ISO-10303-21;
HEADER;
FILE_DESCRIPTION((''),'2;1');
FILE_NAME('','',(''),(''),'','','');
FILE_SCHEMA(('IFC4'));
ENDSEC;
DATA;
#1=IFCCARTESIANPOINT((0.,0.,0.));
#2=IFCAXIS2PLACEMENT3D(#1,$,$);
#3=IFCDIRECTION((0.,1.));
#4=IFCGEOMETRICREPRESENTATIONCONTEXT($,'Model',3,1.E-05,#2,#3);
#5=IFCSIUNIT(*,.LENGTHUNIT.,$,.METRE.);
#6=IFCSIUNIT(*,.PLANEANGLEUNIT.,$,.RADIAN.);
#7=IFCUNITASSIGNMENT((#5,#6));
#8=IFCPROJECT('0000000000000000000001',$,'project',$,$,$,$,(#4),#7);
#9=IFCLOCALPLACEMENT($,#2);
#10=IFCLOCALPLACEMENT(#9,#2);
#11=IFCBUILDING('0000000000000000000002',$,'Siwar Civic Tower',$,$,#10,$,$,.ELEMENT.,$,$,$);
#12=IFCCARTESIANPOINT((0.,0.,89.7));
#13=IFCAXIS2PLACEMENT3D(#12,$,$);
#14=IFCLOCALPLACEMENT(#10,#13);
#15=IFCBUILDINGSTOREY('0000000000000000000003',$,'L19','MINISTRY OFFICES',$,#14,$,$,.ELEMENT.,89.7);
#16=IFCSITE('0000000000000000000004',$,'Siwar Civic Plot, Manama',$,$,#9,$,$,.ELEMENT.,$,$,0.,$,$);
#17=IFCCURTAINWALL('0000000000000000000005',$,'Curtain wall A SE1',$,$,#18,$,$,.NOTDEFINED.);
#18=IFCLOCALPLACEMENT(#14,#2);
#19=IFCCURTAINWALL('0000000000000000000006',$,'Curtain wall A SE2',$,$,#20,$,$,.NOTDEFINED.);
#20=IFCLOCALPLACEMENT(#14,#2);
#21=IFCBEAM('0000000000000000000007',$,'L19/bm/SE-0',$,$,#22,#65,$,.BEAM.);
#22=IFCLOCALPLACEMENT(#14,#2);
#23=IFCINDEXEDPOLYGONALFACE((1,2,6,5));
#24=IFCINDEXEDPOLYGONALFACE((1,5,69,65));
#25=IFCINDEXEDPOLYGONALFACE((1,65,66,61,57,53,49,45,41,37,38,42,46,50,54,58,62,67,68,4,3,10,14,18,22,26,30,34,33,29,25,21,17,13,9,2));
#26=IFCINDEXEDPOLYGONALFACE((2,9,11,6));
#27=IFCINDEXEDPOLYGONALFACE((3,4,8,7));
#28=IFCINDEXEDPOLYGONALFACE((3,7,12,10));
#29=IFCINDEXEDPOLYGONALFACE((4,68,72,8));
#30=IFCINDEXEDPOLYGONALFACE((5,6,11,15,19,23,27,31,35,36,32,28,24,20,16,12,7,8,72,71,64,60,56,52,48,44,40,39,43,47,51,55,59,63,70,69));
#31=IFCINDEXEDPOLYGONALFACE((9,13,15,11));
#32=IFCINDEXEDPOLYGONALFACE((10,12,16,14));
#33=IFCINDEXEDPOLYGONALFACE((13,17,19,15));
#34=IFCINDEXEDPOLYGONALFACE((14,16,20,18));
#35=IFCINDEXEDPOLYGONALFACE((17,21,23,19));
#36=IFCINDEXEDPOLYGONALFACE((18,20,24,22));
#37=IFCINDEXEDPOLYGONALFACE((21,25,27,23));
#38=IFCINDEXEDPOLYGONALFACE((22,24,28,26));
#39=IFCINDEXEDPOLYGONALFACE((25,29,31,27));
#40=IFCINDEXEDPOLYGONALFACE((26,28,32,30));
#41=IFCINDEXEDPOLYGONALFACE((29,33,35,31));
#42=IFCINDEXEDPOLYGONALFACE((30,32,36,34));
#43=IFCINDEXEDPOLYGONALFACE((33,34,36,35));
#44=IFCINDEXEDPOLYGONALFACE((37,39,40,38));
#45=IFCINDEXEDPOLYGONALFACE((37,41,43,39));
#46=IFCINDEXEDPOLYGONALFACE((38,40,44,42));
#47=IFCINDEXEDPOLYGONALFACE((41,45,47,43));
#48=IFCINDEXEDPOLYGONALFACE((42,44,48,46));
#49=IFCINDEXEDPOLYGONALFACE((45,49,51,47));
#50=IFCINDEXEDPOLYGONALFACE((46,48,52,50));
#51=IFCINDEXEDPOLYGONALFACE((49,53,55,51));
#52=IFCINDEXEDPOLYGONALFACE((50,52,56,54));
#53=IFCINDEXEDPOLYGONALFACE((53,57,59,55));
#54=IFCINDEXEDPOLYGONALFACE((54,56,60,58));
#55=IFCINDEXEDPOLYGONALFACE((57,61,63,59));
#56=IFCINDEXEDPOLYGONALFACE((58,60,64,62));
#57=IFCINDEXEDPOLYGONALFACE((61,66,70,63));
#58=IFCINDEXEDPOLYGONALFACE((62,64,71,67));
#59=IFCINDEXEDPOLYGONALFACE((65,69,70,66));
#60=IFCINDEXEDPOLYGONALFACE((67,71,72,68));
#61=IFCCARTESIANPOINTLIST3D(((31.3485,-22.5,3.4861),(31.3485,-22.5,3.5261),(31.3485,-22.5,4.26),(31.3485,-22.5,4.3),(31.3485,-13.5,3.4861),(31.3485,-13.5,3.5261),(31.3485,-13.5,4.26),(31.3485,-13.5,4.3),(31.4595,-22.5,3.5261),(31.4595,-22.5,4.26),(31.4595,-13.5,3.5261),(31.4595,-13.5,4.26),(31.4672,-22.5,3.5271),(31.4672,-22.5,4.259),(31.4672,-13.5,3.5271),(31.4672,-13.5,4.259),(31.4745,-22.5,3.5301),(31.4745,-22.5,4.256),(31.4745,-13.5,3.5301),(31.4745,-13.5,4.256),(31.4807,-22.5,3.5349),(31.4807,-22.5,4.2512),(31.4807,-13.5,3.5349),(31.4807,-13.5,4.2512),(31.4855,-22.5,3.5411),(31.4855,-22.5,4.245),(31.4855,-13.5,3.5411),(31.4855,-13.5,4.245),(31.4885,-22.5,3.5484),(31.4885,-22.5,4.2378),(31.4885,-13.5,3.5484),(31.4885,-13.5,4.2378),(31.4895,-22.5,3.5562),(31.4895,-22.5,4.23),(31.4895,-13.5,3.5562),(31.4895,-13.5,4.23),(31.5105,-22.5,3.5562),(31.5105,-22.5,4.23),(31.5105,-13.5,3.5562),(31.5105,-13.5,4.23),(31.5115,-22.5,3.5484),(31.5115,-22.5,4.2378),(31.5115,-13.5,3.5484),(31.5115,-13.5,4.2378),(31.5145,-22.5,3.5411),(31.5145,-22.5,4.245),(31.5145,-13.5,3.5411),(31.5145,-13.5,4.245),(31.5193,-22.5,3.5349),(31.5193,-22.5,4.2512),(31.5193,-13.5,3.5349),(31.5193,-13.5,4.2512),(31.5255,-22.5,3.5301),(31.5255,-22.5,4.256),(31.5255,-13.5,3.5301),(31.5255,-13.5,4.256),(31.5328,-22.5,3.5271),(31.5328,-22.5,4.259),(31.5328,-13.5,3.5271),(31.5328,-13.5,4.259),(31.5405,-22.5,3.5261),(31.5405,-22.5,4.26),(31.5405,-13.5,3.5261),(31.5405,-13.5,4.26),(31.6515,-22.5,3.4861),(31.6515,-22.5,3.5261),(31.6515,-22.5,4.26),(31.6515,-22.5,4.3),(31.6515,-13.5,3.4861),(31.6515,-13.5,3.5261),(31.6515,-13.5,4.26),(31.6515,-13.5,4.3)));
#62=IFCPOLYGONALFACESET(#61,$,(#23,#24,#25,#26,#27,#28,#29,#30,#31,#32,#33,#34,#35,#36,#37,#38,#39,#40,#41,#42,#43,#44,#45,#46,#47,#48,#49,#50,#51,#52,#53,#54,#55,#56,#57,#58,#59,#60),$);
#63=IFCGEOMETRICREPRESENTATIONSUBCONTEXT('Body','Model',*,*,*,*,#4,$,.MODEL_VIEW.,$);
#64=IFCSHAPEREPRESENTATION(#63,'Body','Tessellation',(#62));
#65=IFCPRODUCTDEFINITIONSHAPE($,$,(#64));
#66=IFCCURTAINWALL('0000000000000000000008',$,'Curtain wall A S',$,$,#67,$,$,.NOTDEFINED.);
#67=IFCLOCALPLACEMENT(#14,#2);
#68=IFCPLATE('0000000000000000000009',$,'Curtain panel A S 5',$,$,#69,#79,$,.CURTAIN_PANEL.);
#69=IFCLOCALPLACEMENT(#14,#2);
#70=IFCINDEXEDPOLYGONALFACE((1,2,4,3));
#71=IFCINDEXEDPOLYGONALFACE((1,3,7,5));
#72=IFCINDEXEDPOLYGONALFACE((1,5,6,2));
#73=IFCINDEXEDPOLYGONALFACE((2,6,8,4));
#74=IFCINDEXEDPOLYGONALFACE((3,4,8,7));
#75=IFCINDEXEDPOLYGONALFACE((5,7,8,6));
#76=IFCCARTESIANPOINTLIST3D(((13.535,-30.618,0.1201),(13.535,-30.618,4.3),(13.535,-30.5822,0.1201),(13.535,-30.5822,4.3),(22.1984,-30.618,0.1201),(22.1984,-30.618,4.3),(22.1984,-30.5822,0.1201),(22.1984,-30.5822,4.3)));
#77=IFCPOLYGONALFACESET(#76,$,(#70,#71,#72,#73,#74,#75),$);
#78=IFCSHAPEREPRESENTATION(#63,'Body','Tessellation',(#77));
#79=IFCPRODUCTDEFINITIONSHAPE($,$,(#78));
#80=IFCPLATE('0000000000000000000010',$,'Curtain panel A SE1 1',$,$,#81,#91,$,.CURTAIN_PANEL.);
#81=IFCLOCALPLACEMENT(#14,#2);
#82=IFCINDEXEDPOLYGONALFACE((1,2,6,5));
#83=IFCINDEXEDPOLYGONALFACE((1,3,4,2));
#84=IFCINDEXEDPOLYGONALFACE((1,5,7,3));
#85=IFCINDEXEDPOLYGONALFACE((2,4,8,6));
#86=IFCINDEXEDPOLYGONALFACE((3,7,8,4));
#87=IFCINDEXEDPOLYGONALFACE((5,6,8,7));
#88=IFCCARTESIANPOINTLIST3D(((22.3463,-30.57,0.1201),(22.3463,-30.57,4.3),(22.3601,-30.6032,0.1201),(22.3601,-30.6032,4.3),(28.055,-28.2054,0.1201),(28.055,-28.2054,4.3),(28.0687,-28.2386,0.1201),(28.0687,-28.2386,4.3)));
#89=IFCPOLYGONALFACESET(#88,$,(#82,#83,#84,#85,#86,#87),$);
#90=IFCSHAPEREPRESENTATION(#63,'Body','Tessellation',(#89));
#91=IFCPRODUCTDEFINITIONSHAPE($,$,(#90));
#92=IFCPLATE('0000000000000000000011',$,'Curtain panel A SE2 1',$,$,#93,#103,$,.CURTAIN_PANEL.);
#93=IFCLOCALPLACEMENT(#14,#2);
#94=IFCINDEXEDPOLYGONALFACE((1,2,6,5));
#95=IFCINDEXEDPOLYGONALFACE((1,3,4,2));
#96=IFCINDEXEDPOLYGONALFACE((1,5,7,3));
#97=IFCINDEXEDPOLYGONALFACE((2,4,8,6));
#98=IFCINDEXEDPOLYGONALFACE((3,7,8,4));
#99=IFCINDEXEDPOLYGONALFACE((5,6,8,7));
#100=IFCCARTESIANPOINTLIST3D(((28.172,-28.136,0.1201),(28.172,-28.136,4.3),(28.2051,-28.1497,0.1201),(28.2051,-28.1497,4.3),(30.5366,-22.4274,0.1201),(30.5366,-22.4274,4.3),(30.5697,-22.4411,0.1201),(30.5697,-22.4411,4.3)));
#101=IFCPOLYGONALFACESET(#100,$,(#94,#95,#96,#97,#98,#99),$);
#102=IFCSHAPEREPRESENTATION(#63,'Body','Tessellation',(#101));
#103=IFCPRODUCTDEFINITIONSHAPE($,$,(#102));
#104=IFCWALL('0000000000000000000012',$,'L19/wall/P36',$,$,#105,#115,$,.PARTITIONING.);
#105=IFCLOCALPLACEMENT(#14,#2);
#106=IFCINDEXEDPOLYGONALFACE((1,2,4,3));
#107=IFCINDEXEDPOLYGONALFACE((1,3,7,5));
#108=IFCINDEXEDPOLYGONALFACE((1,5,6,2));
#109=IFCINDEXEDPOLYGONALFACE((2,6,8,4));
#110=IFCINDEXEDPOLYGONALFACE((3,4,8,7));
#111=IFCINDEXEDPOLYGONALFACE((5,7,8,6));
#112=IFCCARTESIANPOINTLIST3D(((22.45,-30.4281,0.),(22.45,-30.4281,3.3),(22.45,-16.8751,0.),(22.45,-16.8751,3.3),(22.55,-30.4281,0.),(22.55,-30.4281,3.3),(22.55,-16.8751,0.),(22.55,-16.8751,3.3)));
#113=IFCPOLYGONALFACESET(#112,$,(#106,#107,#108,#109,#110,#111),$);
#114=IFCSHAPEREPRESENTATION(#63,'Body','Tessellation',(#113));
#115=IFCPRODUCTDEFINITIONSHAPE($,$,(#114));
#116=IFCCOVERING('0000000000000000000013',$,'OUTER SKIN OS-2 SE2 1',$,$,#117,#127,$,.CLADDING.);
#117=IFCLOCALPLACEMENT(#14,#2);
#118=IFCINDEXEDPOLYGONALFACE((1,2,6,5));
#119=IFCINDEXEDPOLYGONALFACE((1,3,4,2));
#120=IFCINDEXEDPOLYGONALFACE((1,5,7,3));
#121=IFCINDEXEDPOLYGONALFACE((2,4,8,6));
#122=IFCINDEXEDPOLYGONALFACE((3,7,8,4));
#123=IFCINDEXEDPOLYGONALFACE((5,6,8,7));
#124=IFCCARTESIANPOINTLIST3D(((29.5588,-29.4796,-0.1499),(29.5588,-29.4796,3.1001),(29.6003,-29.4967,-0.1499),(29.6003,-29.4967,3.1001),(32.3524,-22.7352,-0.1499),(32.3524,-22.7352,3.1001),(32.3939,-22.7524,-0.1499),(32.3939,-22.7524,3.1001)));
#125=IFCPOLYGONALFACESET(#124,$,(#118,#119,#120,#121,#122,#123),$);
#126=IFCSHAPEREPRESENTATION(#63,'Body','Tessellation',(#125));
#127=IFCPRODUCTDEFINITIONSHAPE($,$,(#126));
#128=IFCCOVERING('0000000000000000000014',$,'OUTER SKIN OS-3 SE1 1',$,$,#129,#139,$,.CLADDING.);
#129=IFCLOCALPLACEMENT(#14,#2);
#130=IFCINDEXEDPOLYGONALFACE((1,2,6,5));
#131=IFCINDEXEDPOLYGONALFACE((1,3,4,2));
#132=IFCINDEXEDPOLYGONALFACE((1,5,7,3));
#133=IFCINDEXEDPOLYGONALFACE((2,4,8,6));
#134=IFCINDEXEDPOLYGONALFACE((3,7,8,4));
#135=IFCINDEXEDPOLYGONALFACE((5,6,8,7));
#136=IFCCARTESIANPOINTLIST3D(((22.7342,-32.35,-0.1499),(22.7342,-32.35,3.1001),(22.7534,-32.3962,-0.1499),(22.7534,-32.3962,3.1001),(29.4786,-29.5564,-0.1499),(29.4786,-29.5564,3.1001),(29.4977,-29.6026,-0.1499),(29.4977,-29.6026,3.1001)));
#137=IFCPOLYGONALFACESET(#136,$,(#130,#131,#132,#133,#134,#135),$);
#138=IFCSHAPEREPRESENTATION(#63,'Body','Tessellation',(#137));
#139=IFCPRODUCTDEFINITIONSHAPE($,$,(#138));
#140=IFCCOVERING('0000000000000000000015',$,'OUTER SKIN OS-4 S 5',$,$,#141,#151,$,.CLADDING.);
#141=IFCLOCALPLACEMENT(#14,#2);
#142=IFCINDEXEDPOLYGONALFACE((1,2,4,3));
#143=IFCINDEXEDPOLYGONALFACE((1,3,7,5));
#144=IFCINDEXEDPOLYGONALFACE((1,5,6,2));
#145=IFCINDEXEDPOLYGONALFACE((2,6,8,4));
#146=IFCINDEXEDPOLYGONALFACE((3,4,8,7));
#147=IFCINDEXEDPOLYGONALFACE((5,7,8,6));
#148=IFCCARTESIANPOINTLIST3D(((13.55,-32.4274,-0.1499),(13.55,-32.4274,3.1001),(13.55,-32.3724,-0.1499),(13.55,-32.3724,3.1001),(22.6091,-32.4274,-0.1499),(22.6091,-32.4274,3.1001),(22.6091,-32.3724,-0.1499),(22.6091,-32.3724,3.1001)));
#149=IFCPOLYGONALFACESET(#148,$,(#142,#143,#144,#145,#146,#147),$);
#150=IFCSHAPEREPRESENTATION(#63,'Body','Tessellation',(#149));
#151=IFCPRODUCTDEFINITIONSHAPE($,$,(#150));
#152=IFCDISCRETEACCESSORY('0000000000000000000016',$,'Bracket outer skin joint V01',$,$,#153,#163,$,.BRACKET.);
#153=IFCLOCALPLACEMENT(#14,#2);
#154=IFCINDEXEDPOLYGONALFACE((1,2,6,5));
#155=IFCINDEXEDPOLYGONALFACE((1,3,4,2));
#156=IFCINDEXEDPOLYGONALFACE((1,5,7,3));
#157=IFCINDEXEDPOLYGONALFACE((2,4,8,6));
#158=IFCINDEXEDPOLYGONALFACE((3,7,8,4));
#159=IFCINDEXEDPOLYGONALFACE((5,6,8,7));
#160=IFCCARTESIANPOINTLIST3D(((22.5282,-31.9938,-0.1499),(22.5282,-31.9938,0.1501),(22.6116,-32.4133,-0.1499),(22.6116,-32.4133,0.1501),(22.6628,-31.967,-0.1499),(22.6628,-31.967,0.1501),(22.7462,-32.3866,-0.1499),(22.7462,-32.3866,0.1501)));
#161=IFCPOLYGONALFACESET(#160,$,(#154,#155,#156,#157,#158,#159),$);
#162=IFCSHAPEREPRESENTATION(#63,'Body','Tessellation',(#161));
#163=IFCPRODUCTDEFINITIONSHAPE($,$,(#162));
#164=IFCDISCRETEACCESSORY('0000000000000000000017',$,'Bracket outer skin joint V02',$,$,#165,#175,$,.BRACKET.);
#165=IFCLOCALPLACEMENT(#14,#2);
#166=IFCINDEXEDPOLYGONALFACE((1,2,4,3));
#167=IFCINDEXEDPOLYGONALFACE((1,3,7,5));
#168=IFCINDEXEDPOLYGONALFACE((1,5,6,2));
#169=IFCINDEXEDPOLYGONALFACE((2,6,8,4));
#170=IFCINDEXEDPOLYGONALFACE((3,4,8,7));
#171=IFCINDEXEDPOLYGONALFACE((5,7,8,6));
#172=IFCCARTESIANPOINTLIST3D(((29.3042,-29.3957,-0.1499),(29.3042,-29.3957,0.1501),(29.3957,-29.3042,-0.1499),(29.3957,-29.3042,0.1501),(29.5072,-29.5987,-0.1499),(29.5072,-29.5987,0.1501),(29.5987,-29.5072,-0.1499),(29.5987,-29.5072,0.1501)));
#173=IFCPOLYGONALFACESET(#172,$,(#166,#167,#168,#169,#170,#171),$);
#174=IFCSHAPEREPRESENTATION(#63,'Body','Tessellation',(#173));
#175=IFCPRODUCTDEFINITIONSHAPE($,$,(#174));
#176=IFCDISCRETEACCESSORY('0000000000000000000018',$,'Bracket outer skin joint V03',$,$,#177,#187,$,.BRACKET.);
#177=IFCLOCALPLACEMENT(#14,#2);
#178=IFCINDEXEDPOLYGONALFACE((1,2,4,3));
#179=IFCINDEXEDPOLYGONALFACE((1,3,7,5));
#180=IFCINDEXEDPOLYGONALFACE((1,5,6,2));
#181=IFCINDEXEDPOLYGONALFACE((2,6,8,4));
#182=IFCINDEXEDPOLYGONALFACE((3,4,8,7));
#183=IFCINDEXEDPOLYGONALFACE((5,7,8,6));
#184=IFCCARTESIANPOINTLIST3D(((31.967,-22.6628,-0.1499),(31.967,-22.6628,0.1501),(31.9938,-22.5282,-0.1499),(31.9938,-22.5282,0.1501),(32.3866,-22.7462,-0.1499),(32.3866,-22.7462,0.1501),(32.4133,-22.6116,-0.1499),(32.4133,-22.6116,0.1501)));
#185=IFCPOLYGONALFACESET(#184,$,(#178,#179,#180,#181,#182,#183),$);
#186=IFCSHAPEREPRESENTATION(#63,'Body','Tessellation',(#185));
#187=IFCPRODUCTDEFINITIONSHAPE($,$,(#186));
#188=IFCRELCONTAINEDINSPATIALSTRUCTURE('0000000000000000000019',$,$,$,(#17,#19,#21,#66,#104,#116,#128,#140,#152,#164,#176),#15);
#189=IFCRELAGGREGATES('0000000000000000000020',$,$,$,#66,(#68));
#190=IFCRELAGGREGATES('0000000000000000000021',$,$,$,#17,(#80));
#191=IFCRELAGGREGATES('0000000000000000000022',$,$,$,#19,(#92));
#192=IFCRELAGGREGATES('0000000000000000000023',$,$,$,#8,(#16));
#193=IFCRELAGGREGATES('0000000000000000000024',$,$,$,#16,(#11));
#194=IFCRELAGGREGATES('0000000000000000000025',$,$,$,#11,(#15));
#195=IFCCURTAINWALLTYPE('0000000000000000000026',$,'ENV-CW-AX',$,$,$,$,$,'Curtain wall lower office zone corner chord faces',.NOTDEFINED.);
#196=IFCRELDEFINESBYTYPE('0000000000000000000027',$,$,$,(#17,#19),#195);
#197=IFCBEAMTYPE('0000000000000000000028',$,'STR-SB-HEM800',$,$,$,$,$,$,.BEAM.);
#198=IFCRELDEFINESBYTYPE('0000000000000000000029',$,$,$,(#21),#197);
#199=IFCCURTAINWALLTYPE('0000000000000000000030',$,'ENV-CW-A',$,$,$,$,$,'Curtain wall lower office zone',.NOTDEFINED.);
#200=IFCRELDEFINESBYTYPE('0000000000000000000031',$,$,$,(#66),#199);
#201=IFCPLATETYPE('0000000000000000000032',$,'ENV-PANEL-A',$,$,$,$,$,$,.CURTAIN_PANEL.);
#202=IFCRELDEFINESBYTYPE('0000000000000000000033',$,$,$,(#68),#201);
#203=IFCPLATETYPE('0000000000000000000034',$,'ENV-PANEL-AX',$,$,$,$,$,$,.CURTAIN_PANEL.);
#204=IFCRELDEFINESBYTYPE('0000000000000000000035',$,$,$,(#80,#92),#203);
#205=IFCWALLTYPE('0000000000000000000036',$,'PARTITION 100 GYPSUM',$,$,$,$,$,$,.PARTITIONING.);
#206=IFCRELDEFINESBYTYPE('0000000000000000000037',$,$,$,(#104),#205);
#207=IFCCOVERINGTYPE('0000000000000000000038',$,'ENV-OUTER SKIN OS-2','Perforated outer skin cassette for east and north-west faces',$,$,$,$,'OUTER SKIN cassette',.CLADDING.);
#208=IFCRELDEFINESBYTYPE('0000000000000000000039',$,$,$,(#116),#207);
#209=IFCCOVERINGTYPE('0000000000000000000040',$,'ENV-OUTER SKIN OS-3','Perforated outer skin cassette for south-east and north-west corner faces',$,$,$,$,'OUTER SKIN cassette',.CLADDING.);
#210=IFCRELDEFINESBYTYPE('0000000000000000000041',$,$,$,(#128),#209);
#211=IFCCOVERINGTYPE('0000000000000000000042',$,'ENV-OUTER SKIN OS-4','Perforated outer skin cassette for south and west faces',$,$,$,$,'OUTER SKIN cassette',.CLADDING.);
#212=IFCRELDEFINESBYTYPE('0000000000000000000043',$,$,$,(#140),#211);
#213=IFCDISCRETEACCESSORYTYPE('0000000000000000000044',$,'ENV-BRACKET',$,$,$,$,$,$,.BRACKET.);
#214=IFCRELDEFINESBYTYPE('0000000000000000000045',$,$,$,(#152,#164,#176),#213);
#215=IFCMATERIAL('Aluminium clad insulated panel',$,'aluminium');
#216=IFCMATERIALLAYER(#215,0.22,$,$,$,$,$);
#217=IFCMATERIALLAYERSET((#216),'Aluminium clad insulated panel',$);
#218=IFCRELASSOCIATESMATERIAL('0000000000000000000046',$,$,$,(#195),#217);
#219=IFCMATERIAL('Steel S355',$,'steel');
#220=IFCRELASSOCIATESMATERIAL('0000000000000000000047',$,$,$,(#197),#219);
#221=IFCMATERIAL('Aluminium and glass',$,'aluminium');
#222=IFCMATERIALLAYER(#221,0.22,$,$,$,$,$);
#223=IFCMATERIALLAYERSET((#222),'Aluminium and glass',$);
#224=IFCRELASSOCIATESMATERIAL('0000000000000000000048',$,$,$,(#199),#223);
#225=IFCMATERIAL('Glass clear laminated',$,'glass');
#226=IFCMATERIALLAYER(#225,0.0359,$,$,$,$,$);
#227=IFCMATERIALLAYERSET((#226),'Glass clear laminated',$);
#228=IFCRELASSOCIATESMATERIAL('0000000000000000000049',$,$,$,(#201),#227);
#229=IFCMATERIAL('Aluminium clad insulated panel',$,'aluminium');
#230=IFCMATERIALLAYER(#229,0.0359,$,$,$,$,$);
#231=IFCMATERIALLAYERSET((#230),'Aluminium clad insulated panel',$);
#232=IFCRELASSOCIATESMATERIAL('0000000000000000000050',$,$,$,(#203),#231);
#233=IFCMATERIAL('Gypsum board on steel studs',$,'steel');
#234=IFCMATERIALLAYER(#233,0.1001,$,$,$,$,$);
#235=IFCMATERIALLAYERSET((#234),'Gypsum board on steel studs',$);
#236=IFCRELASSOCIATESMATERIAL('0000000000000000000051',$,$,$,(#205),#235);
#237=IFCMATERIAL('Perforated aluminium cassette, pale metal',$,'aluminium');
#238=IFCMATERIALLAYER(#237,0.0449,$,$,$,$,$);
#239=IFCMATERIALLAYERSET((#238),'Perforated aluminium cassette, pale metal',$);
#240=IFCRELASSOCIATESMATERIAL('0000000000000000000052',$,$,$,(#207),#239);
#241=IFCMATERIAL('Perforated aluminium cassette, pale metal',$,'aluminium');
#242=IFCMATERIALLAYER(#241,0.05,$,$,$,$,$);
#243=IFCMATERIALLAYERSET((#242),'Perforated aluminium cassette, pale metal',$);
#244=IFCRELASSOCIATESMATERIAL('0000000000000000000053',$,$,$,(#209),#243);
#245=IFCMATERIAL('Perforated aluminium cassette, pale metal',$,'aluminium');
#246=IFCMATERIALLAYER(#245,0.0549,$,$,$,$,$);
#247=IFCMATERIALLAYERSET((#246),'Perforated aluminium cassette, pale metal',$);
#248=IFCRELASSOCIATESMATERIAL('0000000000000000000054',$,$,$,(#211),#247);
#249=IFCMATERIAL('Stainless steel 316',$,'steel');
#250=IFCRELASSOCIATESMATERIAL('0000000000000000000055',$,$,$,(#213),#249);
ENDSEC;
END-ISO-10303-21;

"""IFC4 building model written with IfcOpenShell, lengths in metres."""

from ifc_helpers import new_model, si_unit, direction, frame, frame_2d, origin, origin_2d, place, context, subcontext, project, spatial, rectangle, i_section, extrude, material, layer, layer_set, material_profile, profile_set, type_object, element, aggregate, save


model = new_model("IFC4")

# Units and contexts
model_context = context("Model", 3, precision=1e-05, world=origin(), true_north=direction((0.0, 1.0)))
body_context = subcontext(model_context, "Body", "Model", "MODEL_VIEW")
ifc_project = project(units=[si_unit("LENGTHUNIT", "METRE"), si_unit("PLANEANGLEUNIT", "RADIAN")], contexts=[model_context])

# Site, building, storey
site_placement = place(None, origin())
site = spatial("IfcSite", under=ifc_project, at=site_placement, Name="Siwar Civic Plot, Manama", CompositionType="ELEMENT", RefElevation=0.0)
building_placement = place(site_placement, origin())
building = spatial("IfcBuilding", under=site, at=building_placement, Name="Siwar Civic Tower", CompositionType="ELEMENT")
storey_placement = place(building_placement, frame((0.0, 0.0, 89.7)))
storey = spatial("IfcBuildingStorey", under=building, at=storey_placement, Name="L19", Description="MINISTRY OFFICES", CompositionType="ELEMENT", Elevation=89.7)

# Curtain walls
ifc_material_1 = material(Name="Aluminium clad insulated panel", Category="aluminium")
ifc_layer_1 = layer(ifc_material_1, 0.22)
ifc_layer_set_1 = layer_set([ifc_layer_1], Name="Aluminium clad insulated panel")
curtain_wall_type_1 = type_object("IfcCurtainWallType", Name="ENV-CW-AX", ElementType="Curtain wall lower office zone corner chord faces", PredefinedType="NOTDEFINED", material=ifc_layer_set_1)
curtain_wall_1_placement = place(storey_placement, origin())
curtain_wall_1 = element("IfcCurtainWall", 1, at=curtain_wall_1_placement, inside=storey, type_object=curtain_wall_type_1, Name="Curtain wall A SE1", PredefinedType="NOTDEFINED")
curtain_wall_2_placement = place(storey_placement, origin())
curtain_wall_2 = element("IfcCurtainWall", 2, at=curtain_wall_2_placement, inside=storey, type_object=curtain_wall_type_1, Name="Curtain wall A SE2", PredefinedType="NOTDEFINED")

# Beam
ifc_material_2 = material(Name="Steel S355", Category="steel")
ifc_material_profile_1 = material_profile(ifc_material_2, i_section(OverallWidth=0.303, OverallDepth=0.814, WebThickness=0.021, FlangeThickness=0.04, FilletRadius=0.03, at=origin_2d()), Name="HEM800")
ifc_profile_set_1 = profile_set([ifc_material_profile_1], Name="Steel S355")
beam_type_1 = type_object("IfcBeamType", Name="STR-SB-HEM800", PredefinedType="BEAM", material=ifc_profile_set_1)
beam_1_placement = place(storey_placement, frame((31.5, -22.5, 3.8931), z_axis=(0.0, 1.0, 0.0), x_axis=(-1.0, 0.0, 0.0)))
element("IfcBeam", 3, at=beam_1_placement, inside=storey, type_object=beam_type_1, Name="L19/bm/SE-0", PredefinedType="BEAM", context=body_context, shape_type="SweptSolid", body=[
    extrude(i_section(OverallWidth=0.303, OverallDepth=0.814, WebThickness=0.021, FlangeThickness=0.04, FilletRadius=0.03, at=origin_2d()), origin(), (0.0, 0.0, 1.0), 9.0),
])

# Curtain wall, plate
ifc_material_3 = material(Name="Aluminium and glass", Category="aluminium")
ifc_layer_2 = layer(ifc_material_3, 0.22)
ifc_layer_set_2 = layer_set([ifc_layer_2], Name="Aluminium and glass")
curtain_wall_type_2 = type_object("IfcCurtainWallType", Name="ENV-CW-A", ElementType="Curtain wall lower office zone", PredefinedType="NOTDEFINED", material=ifc_layer_set_2)
curtain_wall_3_placement = place(storey_placement, origin())
curtain_wall_3 = element("IfcCurtainWall", 4, at=curtain_wall_3_placement, inside=storey, type_object=curtain_wall_type_2, Name="Curtain wall A S", PredefinedType="NOTDEFINED")
ifc_material_4 = material(Name="Glass clear laminated", Category="glass")
ifc_layer_3 = layer(ifc_material_4, 0.0359)
ifc_layer_set_3 = layer_set([ifc_layer_3], Name="Glass clear laminated")
plate_type_1 = type_object("IfcPlateType", Name="ENV-PANEL-A", PredefinedType="CURTAIN_PANEL", material=ifc_layer_set_3)
plate_1_placement = place(storey_placement, frame((17.8667, -30.6001, 0.1201), z_axis=(0.0, 0.0, 1.0), x_axis=(1.0, 0.0, 0.0)))
plate_1 = element("IfcPlate", 5, at=plate_1_placement, type_object=plate_type_1, Name="Curtain panel A S 5", PredefinedType="CURTAIN_PANEL", context=body_context, shape_type="SweptSolid", body=[
    extrude(rectangle(XDim=8.6633, YDim=0.0359, at=origin_2d()), origin(), (0.0, 0.0, 1.0), 4.1799),
])
aggregate(curtain_wall_3, [plate_1])

# Plates
ifc_material_5 = material(Name="Aluminium clad insulated panel", Category="aluminium")
ifc_layer_4 = layer(ifc_material_5, 0.0359)
ifc_layer_set_4 = layer_set([ifc_layer_4], Name="Aluminium clad insulated panel")
plate_type_2 = type_object("IfcPlateType", Name="ENV-PANEL-AX", PredefinedType="CURTAIN_PANEL", material=ifc_layer_set_4)
plate_2_placement = place(storey_placement, frame((25.2075, -29.4043, 0.1201), z_axis=(0.0, 0.0, 1.0), x_axis=(0.92388, 0.382683, 0.0)))
plate_2 = element("IfcPlate", 6, at=plate_2_placement, type_object=plate_type_2, Name="Curtain panel A SE1 1", PredefinedType="CURTAIN_PANEL", context=body_context, shape_type="SweptSolid", body=[
    extrude(rectangle(XDim=6.179, YDim=0.0359, at=origin_2d()), origin(), (0.0, 0.0, 1.0), 4.1799),
])
aggregate(curtain_wall_1, [plate_2])
plate_3_placement = place(storey_placement, frame((29.3708, -25.2886, 0.1201), z_axis=(0.0, 0.0, 1.0), x_axis=(0.382683, 0.92388, 0.0)))
plate_3 = element("IfcPlate", 7, at=plate_3_placement, type_object=plate_type_2, Name="Curtain panel A SE2 1", PredefinedType="CURTAIN_PANEL", context=body_context, shape_type="SweptSolid", body=[
    extrude(rectangle(XDim=6.179, YDim=0.0359, at=origin_2d()), origin(), (0.0, 0.0, 1.0), 4.1799),
])
aggregate(curtain_wall_2, [plate_3])

# Wall
ifc_material_6 = material(Name="Gypsum board on steel studs", Category="steel")
ifc_layer_5 = layer(ifc_material_6, 0.1001)
ifc_layer_set_5 = layer_set([ifc_layer_5], Name="Gypsum board on steel studs")
wall_type = type_object("IfcWallType", Name="PARTITION 100 GYPSUM", PredefinedType="PARTITIONING", material=ifc_layer_set_5)
wall_placement = place(storey_placement, frame((22.5, -30.428, 0.0), z_axis=(0.0, 0.0, 1.0), x_axis=(0.0, 1.0, 0.0)))
element("IfcWall", 8, at=wall_placement, inside=storey, type_object=wall_type, Name="L19/wall/P36", PredefinedType="PARTITIONING", context=body_context, shape_type="SweptSolid", body=[
    extrude(rectangle(XDim=13.553, YDim=0.1001, at=frame_2d((6.7764, 0.0))), origin(), (0.0, 0.0, 1.0), 3.3),
])

# Coverings
ifc_material_7 = material(Name="Perforated aluminium cassette, pale metal", Category="aluminium")
ifc_layer_6 = layer(ifc_material_7, 0.0449)
ifc_layer_set_6 = layer_set([ifc_layer_6], Name="Perforated aluminium cassette, pale metal")
covering_type_1 = type_object("IfcCoveringType", Name="ENV-OUTER SKIN OS-2", Description="Perforated outer skin cassette for east and north-west faces", ElementType="OUTER SKIN cassette", PredefinedType="CLADDING", material=ifc_layer_set_6)
covering_1_placement = place(storey_placement, frame((30.9763, -26.116, -0.1499), z_axis=(0.0, 0.0, 1.0), x_axis=(0.382683, 0.92388, 0.0)))
element("IfcCovering", 9, at=covering_1_placement, inside=storey, type_object=covering_type_1, Name="OUTER SKIN OS-2 SE2 1", PredefinedType="CLADDING", context=body_context, shape_type="SweptSolid", body=[
    extrude(rectangle(XDim=7.3, YDim=0.0449, at=origin_2d()), origin(), (0.0, 0.0, 1.0), 3.25),
])
ifc_material_8 = material(Name="Perforated aluminium cassette, pale metal", Category="aluminium")
ifc_layer_7 = layer(ifc_material_8, 0.05)
ifc_layer_set_7 = layer_set([ifc_layer_7], Name="Perforated aluminium cassette, pale metal")
covering_type_2 = type_object("IfcCoveringType", Name="ENV-OUTER SKIN OS-3", Description="Perforated outer skin cassette for south-east and north-west corner faces", ElementType="OUTER SKIN cassette", PredefinedType="CLADDING", material=ifc_layer_set_7)
covering_2_placement = place(storey_placement, frame((26.116, -30.9763, -0.1499), z_axis=(0.0, 0.0, 1.0), x_axis=(0.92388, 0.382683, 0.0)))
element("IfcCovering", 10, at=covering_2_placement, inside=storey, type_object=covering_type_2, Name="OUTER SKIN OS-3 SE1 1", PredefinedType="CLADDING", context=body_context, shape_type="SweptSolid", body=[
    extrude(rectangle(XDim=7.3, YDim=0.05, at=origin_2d()), origin(), (0.0, 0.0, 1.0), 3.25),
])
ifc_material_9 = material(Name="Perforated aluminium cassette, pale metal", Category="aluminium")
ifc_layer_8 = layer(ifc_material_9, 0.0549)
ifc_layer_set_8 = layer_set([ifc_layer_8], Name="Perforated aluminium cassette, pale metal")
covering_type_3 = type_object("IfcCoveringType", Name="ENV-OUTER SKIN OS-4", Description="Perforated outer skin cassette for south and west faces", ElementType="OUTER SKIN cassette", PredefinedType="CLADDING", material=ifc_layer_set_8)
covering_3_placement = place(storey_placement, frame((18.0796, -32.3999, -0.1499), z_axis=(0.0, 0.0, 1.0), x_axis=(1.0, 0.0, 0.0)))
element("IfcCovering", 11, at=covering_3_placement, inside=storey, type_object=covering_type_3, Name="OUTER SKIN OS-4 S 5", PredefinedType="CLADDING", context=body_context, shape_type="SweptSolid", body=[
    extrude(rectangle(XDim=9.0591, YDim=0.0549, at=origin_2d()), origin(), (0.0, 0.0, 1.0), 3.25),
])

# Discrete accessories
ifc_material_10 = material(Name="Stainless steel 316", Category="steel")
discrete_accessory_type = type_object("IfcDiscreteAccessoryType", Name="ENV-BRACKET", PredefinedType="BRACKET", material=ifc_material_10)
discrete_accessory_1_placement = place(storey_placement, frame((22.6372, -32.1902, -0.1499), z_axis=(0.0, 0.0, 1.0), x_axis=(0.19509, -0.980785, 0.0)))
element("IfcDiscreteAccessory", 12, at=discrete_accessory_1_placement, inside=storey, type_object=discrete_accessory_type, Name="Bracket outer skin joint V01", PredefinedType="BRACKET", context=body_context, shape_type="SweptSolid", body=[
    extrude(rectangle(XDim=0.4277, YDim=0.1372, at=origin_2d()), origin(), (0.0, 0.0, 1.0), 0.3),
])
discrete_accessory_2_placement = place(storey_placement, frame((29.4514, -29.4514, -0.1499), z_axis=(0.0, 0.0, 1.0), x_axis=(0.707107, -0.707107, 0.0)))
element("IfcDiscreteAccessory", 13, at=discrete_accessory_2_placement, inside=storey, type_object=discrete_accessory_type, Name="Bracket outer skin joint V02", PredefinedType="BRACKET", context=body_context, shape_type="SweptSolid", body=[
    extrude(rectangle(XDim=0.2871, YDim=0.1294, at=origin_2d()), origin(), (0.0, 0.0, 1.0), 0.3),
])
discrete_accessory_3_placement = place(storey_placement, frame((32.1902, -22.6372, -0.1499), z_axis=(0.0, 0.0, 1.0), x_axis=(0.980785, -0.19509, 0.0)))
element("IfcDiscreteAccessory", 14, at=discrete_accessory_3_placement, inside=storey, type_object=discrete_accessory_type, Name="Bracket outer skin joint V03", PredefinedType="BRACKET", context=body_context, shape_type="SweptSolid", body=[
    extrude(rectangle(XDim=0.4277, YDim=0.1372, at=origin_2d()), origin(), (0.0, 0.0, 1.0), 0.3),
])

save(model, "model.ifc")
